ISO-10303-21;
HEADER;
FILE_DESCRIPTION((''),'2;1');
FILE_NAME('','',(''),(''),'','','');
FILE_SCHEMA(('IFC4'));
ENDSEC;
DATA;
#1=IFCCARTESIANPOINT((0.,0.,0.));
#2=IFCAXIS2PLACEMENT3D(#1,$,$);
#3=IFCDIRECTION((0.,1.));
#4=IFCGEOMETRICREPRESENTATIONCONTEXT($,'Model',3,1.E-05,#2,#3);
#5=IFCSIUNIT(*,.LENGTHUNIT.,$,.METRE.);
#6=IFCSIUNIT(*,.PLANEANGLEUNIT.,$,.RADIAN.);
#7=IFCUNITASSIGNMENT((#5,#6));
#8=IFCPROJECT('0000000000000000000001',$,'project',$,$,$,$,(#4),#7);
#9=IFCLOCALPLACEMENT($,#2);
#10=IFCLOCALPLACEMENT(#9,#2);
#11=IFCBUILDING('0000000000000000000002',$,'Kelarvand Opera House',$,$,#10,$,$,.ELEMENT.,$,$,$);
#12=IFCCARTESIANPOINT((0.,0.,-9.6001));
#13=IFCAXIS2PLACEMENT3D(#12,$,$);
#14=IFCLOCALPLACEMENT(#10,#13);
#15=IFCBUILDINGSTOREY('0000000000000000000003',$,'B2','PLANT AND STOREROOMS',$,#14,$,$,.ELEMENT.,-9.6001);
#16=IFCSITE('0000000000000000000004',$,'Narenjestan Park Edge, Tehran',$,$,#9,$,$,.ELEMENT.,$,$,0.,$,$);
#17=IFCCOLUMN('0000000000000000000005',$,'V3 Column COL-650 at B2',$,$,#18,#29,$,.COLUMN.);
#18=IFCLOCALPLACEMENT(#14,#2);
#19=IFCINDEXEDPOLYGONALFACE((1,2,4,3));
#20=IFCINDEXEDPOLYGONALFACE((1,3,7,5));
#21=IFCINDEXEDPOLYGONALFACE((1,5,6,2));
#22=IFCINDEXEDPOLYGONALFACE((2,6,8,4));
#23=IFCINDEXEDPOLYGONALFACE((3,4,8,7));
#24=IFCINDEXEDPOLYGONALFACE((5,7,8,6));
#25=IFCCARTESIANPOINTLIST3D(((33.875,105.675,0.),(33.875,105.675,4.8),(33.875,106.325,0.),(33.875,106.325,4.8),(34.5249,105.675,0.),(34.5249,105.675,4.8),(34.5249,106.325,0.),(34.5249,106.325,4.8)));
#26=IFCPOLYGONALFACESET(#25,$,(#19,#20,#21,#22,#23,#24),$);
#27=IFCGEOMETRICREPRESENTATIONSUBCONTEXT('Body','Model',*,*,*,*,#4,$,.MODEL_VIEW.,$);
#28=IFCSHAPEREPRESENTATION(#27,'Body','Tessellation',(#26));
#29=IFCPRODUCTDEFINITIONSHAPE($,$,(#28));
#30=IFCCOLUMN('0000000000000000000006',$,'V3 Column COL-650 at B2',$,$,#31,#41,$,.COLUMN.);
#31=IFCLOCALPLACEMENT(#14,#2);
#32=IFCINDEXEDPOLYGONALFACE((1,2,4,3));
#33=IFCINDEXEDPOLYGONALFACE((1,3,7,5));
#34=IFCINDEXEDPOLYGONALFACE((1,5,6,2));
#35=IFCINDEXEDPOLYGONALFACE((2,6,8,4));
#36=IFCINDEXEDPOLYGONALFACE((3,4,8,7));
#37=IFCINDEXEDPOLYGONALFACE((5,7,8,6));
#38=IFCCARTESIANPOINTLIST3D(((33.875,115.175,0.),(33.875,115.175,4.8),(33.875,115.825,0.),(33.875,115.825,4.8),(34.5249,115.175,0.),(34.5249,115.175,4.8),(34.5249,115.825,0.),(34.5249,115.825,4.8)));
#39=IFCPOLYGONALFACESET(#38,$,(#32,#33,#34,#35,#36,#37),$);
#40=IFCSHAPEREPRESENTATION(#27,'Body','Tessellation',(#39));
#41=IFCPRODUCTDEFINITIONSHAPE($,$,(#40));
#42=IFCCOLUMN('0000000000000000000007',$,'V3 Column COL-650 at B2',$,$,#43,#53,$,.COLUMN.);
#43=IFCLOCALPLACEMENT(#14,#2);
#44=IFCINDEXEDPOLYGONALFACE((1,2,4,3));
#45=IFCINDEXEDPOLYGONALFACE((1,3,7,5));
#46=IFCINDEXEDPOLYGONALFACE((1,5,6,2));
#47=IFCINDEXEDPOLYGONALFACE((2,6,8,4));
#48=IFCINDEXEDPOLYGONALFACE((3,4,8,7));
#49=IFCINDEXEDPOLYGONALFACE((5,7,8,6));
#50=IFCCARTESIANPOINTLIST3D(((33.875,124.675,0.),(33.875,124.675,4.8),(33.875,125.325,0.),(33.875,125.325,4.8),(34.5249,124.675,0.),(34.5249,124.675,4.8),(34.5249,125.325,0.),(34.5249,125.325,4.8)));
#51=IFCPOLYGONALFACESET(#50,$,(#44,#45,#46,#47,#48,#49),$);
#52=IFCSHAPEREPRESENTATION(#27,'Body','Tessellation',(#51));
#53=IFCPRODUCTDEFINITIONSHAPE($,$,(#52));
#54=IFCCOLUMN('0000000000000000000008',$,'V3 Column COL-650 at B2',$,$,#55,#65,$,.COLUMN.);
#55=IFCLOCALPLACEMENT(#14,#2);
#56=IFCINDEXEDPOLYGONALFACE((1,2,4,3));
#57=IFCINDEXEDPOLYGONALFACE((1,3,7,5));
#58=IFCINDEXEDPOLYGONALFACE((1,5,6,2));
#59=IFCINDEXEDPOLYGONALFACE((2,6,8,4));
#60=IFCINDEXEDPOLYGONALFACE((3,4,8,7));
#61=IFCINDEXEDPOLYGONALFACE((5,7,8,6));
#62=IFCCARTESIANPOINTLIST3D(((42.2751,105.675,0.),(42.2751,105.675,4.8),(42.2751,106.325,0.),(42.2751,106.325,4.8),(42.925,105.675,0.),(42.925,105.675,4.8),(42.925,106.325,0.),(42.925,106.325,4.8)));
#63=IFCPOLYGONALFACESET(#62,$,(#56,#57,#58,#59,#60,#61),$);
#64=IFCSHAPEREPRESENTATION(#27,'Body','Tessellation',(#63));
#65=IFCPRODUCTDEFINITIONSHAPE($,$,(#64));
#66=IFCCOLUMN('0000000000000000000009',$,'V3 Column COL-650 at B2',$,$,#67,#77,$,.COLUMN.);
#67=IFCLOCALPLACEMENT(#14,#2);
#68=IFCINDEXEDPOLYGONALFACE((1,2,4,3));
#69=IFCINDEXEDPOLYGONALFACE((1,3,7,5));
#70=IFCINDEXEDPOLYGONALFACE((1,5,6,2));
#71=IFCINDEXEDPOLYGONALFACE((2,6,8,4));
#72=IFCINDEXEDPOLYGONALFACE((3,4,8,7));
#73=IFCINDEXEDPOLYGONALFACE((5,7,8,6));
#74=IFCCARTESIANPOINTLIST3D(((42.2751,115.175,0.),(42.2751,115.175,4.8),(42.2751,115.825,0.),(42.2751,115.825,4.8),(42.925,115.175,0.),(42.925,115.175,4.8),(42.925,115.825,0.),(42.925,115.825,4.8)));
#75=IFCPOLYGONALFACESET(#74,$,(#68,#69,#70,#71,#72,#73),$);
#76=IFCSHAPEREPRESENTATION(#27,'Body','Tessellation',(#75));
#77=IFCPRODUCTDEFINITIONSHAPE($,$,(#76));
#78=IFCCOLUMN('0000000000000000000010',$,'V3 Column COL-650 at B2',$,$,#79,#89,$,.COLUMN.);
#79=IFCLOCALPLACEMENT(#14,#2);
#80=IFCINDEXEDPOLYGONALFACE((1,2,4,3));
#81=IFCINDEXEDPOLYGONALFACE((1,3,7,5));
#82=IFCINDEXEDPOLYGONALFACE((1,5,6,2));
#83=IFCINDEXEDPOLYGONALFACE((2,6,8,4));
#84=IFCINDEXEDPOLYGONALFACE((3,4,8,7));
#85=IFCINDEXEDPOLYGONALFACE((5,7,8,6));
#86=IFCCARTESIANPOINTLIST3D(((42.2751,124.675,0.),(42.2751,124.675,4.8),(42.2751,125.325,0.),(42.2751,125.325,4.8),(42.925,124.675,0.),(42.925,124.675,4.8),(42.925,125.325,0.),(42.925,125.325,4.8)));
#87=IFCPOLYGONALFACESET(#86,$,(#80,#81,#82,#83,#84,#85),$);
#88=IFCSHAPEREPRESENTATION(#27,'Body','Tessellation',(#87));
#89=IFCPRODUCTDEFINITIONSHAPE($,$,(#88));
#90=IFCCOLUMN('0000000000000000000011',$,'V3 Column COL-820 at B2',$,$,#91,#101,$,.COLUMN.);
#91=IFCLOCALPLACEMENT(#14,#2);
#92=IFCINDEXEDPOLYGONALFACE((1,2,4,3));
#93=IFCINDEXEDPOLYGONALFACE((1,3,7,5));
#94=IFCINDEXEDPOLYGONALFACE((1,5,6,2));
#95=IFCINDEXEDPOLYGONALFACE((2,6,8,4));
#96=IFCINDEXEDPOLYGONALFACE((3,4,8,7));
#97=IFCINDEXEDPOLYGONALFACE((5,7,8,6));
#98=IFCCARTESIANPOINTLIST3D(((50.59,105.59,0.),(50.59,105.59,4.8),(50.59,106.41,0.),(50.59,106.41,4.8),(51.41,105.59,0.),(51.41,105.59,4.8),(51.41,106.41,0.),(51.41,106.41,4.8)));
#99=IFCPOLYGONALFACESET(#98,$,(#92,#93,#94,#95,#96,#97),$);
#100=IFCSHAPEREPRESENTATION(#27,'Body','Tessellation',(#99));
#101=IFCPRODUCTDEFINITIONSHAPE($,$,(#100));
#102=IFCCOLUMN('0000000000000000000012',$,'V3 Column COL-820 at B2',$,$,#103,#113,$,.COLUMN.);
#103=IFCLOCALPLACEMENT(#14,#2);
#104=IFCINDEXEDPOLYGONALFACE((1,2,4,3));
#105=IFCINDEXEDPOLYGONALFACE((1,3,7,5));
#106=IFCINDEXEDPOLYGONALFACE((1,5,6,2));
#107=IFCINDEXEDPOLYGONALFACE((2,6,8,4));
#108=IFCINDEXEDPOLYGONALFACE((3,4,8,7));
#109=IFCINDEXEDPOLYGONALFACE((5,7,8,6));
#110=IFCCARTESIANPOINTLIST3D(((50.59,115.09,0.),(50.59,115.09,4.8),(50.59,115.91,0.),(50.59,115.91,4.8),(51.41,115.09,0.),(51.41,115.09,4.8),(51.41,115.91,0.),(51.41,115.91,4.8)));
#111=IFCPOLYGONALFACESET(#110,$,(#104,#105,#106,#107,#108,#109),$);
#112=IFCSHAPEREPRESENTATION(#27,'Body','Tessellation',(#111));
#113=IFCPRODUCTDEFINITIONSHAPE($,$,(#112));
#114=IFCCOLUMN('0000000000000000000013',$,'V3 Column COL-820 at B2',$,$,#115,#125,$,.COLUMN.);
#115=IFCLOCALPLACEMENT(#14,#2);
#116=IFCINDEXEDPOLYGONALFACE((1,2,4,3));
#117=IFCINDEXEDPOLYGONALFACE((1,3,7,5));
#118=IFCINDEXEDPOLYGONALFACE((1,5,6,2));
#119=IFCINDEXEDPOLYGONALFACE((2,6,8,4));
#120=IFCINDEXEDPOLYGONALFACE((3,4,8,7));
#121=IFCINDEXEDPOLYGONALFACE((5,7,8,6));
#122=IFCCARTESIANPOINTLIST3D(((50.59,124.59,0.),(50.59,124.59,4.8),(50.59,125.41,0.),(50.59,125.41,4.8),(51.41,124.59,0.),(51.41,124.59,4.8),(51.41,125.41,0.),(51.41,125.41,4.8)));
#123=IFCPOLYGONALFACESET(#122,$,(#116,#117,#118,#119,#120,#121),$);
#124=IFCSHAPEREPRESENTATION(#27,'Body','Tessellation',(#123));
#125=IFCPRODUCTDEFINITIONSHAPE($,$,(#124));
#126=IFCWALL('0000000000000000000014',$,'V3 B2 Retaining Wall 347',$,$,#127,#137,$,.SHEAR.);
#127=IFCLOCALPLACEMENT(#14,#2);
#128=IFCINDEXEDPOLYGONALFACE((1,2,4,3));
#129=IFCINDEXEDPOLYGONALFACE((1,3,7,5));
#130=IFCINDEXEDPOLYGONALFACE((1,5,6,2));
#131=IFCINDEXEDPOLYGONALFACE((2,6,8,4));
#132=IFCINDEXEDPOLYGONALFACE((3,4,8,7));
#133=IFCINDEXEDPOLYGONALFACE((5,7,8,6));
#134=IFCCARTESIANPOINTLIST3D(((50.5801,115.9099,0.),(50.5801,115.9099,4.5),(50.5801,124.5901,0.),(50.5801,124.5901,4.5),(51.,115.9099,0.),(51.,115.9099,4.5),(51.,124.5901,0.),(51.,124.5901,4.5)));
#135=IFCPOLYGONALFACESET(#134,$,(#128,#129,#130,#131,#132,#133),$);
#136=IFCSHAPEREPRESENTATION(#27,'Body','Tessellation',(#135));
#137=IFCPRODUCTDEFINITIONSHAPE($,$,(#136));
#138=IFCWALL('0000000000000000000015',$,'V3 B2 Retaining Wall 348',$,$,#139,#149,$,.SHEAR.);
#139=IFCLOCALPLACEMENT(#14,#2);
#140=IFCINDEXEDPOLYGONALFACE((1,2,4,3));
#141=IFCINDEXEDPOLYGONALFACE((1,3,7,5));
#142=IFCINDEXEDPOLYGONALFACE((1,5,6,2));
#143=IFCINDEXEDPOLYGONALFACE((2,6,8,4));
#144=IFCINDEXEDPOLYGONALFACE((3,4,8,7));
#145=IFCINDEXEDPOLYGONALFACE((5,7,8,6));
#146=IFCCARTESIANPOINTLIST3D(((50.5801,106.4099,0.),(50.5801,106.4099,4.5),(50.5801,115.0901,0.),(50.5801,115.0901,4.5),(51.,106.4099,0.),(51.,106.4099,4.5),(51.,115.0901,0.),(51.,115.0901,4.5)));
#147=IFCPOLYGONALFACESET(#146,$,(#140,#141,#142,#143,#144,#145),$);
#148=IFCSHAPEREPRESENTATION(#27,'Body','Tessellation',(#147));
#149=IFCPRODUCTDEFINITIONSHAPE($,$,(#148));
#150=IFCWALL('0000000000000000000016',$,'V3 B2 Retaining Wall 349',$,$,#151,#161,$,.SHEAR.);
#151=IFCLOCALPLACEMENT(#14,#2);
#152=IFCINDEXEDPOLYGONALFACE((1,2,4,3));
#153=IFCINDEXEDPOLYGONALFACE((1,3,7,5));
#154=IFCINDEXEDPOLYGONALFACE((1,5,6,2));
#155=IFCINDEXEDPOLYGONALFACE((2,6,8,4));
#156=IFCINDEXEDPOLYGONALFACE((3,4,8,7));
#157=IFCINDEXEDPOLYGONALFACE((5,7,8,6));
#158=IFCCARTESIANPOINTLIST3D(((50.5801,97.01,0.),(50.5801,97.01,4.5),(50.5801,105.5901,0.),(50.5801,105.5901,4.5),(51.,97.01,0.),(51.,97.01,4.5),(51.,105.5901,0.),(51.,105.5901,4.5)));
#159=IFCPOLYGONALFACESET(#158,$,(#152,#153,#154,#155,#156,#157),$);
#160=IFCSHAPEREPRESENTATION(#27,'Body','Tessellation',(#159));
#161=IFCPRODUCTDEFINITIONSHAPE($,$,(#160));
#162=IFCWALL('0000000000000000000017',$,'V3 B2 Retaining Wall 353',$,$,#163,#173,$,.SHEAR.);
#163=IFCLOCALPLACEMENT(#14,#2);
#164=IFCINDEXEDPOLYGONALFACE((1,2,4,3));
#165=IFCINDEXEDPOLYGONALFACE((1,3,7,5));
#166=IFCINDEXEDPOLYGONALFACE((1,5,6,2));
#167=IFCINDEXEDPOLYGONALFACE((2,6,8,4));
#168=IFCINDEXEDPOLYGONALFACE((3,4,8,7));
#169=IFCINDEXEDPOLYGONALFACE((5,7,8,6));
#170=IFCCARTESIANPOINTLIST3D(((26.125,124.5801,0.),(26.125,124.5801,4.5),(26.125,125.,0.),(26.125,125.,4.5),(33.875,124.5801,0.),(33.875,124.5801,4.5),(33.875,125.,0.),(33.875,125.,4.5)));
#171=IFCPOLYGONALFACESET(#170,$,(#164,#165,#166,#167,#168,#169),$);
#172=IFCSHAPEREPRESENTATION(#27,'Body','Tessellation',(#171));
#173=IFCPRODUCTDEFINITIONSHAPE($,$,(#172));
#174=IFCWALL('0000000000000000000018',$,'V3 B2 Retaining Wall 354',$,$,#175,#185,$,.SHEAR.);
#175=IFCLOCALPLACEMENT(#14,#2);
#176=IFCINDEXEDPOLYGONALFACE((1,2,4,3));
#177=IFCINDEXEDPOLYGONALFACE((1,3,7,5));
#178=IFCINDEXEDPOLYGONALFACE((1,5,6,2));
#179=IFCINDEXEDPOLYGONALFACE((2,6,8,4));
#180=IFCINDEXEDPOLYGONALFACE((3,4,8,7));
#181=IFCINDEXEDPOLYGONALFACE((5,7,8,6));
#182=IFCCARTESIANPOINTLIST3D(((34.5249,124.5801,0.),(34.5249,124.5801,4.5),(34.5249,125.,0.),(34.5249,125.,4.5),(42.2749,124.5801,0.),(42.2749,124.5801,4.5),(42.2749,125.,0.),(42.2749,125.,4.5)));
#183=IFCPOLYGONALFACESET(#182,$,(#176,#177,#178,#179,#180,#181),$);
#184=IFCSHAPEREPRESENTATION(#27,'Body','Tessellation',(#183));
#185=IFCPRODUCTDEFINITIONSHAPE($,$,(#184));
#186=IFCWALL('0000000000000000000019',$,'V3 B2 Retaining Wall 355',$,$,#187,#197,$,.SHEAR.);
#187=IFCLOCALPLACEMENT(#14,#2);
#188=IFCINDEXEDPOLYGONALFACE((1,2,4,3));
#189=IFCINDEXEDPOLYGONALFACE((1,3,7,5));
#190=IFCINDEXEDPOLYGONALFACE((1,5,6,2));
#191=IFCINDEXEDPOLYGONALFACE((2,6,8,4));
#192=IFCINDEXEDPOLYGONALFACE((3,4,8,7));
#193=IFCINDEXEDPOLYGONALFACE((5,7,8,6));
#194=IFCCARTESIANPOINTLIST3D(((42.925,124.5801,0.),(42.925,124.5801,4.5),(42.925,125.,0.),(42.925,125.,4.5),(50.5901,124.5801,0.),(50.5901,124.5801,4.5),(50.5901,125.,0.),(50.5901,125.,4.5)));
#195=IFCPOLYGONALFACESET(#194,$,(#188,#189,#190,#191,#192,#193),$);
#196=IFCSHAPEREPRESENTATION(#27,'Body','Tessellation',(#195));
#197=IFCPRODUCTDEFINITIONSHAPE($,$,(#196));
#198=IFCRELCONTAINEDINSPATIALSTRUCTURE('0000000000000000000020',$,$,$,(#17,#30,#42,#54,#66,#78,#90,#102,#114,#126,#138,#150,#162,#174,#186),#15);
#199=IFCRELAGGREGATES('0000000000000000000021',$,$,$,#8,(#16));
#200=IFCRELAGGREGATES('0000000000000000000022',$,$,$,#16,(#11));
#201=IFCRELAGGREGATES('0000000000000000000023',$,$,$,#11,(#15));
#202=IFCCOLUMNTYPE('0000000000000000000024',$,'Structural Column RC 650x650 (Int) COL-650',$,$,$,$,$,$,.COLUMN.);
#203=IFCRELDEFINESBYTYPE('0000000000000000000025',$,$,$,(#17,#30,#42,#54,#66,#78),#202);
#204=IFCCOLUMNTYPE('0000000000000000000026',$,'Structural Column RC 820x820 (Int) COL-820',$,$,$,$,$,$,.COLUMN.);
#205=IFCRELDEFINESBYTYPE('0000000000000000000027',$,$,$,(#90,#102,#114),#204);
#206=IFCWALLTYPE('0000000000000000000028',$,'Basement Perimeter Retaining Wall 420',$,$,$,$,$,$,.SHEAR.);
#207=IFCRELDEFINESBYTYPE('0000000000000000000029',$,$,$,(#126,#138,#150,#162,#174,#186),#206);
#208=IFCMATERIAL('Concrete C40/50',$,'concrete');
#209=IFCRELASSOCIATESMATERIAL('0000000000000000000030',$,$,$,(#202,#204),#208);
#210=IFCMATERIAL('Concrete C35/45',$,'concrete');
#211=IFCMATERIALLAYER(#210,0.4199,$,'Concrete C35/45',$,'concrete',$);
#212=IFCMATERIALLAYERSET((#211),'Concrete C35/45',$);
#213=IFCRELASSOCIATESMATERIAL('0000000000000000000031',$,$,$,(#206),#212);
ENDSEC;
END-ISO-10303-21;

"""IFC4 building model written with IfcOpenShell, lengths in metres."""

from ifc_helpers import new_model, si_unit, direction, frame, frame_2d, origin, origin_2d, place, context, subcontext, project, spatial, rectangle, extrude, material, layer, layer_set, material_profile, profile_set, type_object, element, save


model = new_model("IFC4")

# Units and contexts
model_context = context("Model", 3, precision=1e-05, world=origin(), true_north=direction((0.0, 1.0)))
body_context = subcontext(model_context, "Body", "Model", "MODEL_VIEW")
ifc_project = project(units=[si_unit("LENGTHUNIT", "METRE"), si_unit("PLANEANGLEUNIT", "RADIAN")], contexts=[model_context])

# Site, building, storey
site_placement = place(None, origin())
site = spatial("IfcSite", under=ifc_project, at=site_placement, Name="Narenjestan Park Edge, Tehran", CompositionType="ELEMENT", RefElevation=0.0)
building_placement = place(site_placement, origin())
building = spatial("IfcBuilding", under=site, at=building_placement, Name="Kelarvand Opera House", CompositionType="ELEMENT")
storey_placement = place(building_placement, frame((0.0, 0.0, -9.6001)))
storey = spatial("IfcBuildingStorey", under=building, at=storey_placement, Name="B2", Description="PLANT AND STOREROOMS", CompositionType="ELEMENT", Elevation=-9.6001)

# Shared definitions
ifc_material_1 = material(Name="Concrete C40/50", Category="concrete")

# Columns
ifc_material_profile_1 = material_profile(ifc_material_1, rectangle(XDim=0.6499, YDim=0.6499, at=origin_2d()), Name="RC 650x650", Category="concrete")
ifc_profile_set_1 = profile_set([ifc_material_profile_1], Name="Concrete C40/50")
column_type_1 = type_object("IfcColumnType", Name="Structural Column RC 650x650 (Int) COL-650", PredefinedType="COLUMN", material=ifc_profile_set_1)
for number, where, z_axis, x_axis, name in (
    (1, (34.2, 106.0, 0.0), (0.0, 0.0, 1.0), (1.0, 0.0, 0.0), "V3 Column COL-650 at B2"),
    (2, (34.2, 115.5, 0.0), (0.0, 0.0, 1.0), (1.0, 0.0, 0.0), "V3 Column COL-650 at B2"),
    (3, (34.2, 125.0, 0.0), (0.0, 0.0, 1.0), (1.0, 0.0, 0.0), "V3 Column COL-650 at B2"),
    (4, (42.6001, 106.0, 0.0), (0.0, 0.0, 1.0), (1.0, 0.0, 0.0), "V3 Column COL-650 at B2"),
    (5, (42.6001, 115.5, 0.0), (0.0, 0.0, 1.0), (1.0, 0.0, 0.0), "V3 Column COL-650 at B2"),
    (6, (42.6001, 125.0, 0.0), (0.0, 0.0, 1.0), (1.0, 0.0, 0.0), "V3 Column COL-650 at B2"),
):
    element("IfcColumn", number, at=place(storey_placement, frame(where, z_axis=z_axis, x_axis=x_axis)), inside=storey, type_object=column_type_1, Name=name, PredefinedType="COLUMN", context=body_context, shape_type="SweptSolid", body=[
        extrude(rectangle(XDim=0.6499, YDim=0.6499, at=origin_2d()), origin(), (0.0, 0.0, 1.0), 4.8),
    ])
ifc_material_profile_2 = material_profile(ifc_material_1, rectangle(XDim=0.8201, YDim=0.8201, at=origin_2d()), Name="RC 820x820", Category="concrete")
ifc_profile_set_2 = profile_set([ifc_material_profile_2], Name="Concrete C40/50")
column_type_2 = type_object("IfcColumnType", Name="Structural Column RC 820x820 (Int) COL-820", PredefinedType="COLUMN", material=ifc_profile_set_2)
for number, where, z_axis, x_axis, name in (
    (7, (51.0, 106.0, 0.0), (0.0, 0.0, 1.0), (1.0, 0.0, 0.0), "V3 Column COL-820 at B2"),
    (8, (51.0, 115.5, 0.0), (0.0, 0.0, 1.0), (1.0, 0.0, 0.0), "V3 Column COL-820 at B2"),
    (9, (51.0, 125.0, 0.0), (0.0, 0.0, 1.0), (1.0, 0.0, 0.0), "V3 Column COL-820 at B2"),
):
    element("IfcColumn", number, at=place(storey_placement, frame(where, z_axis=z_axis, x_axis=x_axis)), inside=storey, type_object=column_type_2, Name=name, PredefinedType="COLUMN", context=body_context, shape_type="SweptSolid", body=[
        extrude(rectangle(XDim=0.8201, YDim=0.8201, at=origin_2d()), origin(), (0.0, 0.0, 1.0), 4.8),
    ])

# Walls
ifc_material_2 = material(Name="Concrete C35/45", Category="concrete")
ifc_layer = layer(ifc_material_2, 0.4199, Name="Concrete C35/45", Category="concrete")
ifc_layer_set = layer_set([ifc_layer], Name="Concrete C35/45")
wall_type = type_object("IfcWallType", Name="Basement Perimeter Retaining Wall 420", PredefinedType="SHEAR", material=ifc_layer_set)
for number, where, z_axis, x_axis, name in (
    (10, (50.79, 124.5901, 0.0), (0.0, 0.0, 1.0), (0.0, -1.0, 0.0), "V3 B2 Retaining Wall 347"),
    (11, (50.79, 115.0901, 0.0), (0.0, 0.0, 1.0), (0.0, -1.0, 0.0), "V3 B2 Retaining Wall 348"),
):
    element("IfcWall", number, at=place(storey_placement, frame(where, z_axis=z_axis, x_axis=x_axis)), inside=storey, type_object=wall_type, Name=name, PredefinedType="SHEAR", context=body_context, shape_type="SweptSolid", body=[
        extrude(rectangle(XDim=8.6802, YDim=0.4199, at=frame_2d((4.3401, 0.0))), origin(), (0.0, 0.0, 1.0), 4.5),
    ])
wall_1_placement = place(storey_placement, frame((50.79, 105.5901, 0.0), z_axis=(0.0, 0.0, 1.0), x_axis=(0.0, -1.0, 0.0)))
element("IfcWall", 12, at=wall_1_placement, inside=storey, type_object=wall_type, Name="V3 B2 Retaining Wall 349", PredefinedType="SHEAR", context=body_context, shape_type="SweptSolid", body=[
    extrude(rectangle(XDim=8.5801, YDim=0.4199, at=frame_2d((4.29, 0.0))), origin(), (0.0, 0.0, 1.0), 4.5),
])
for number, where, z_axis, x_axis, name in (
    (13, (26.125, 124.79, 0.0), (0.0, 0.0, 1.0), (1.0, 0.0, 0.0), "V3 B2 Retaining Wall 353"),
    (14, (34.5249, 124.79, 0.0), (0.0, 0.0, 1.0), (1.0, 0.0, 0.0), "V3 B2 Retaining Wall 354"),
):
    element("IfcWall", number, at=place(storey_placement, frame(where, z_axis=z_axis, x_axis=x_axis)), inside=storey, type_object=wall_type, Name=name, PredefinedType="SHEAR", context=body_context, shape_type="SweptSolid", body=[
        extrude(rectangle(XDim=7.75, YDim=0.4199, at=frame_2d((3.875, 0.0))), origin(), (0.0, 0.0, 1.0), 4.5),
    ])
wall_2_placement = place(storey_placement, frame((42.925, 124.79, 0.0), z_axis=(0.0, 0.0, 1.0), x_axis=(1.0, 0.0, 0.0)))
element("IfcWall", 15, at=wall_2_placement, inside=storey, type_object=wall_type, Name="V3 B2 Retaining Wall 355", PredefinedType="SHEAR", context=body_context, shape_type="SweptSolid", body=[
    extrude(rectangle(XDim=7.665, YDim=0.4199, at=frame_2d((3.8325, 0.0))), origin(), (0.0, 0.0, 1.0), 4.5),
])

save(model, "model.ifc")
